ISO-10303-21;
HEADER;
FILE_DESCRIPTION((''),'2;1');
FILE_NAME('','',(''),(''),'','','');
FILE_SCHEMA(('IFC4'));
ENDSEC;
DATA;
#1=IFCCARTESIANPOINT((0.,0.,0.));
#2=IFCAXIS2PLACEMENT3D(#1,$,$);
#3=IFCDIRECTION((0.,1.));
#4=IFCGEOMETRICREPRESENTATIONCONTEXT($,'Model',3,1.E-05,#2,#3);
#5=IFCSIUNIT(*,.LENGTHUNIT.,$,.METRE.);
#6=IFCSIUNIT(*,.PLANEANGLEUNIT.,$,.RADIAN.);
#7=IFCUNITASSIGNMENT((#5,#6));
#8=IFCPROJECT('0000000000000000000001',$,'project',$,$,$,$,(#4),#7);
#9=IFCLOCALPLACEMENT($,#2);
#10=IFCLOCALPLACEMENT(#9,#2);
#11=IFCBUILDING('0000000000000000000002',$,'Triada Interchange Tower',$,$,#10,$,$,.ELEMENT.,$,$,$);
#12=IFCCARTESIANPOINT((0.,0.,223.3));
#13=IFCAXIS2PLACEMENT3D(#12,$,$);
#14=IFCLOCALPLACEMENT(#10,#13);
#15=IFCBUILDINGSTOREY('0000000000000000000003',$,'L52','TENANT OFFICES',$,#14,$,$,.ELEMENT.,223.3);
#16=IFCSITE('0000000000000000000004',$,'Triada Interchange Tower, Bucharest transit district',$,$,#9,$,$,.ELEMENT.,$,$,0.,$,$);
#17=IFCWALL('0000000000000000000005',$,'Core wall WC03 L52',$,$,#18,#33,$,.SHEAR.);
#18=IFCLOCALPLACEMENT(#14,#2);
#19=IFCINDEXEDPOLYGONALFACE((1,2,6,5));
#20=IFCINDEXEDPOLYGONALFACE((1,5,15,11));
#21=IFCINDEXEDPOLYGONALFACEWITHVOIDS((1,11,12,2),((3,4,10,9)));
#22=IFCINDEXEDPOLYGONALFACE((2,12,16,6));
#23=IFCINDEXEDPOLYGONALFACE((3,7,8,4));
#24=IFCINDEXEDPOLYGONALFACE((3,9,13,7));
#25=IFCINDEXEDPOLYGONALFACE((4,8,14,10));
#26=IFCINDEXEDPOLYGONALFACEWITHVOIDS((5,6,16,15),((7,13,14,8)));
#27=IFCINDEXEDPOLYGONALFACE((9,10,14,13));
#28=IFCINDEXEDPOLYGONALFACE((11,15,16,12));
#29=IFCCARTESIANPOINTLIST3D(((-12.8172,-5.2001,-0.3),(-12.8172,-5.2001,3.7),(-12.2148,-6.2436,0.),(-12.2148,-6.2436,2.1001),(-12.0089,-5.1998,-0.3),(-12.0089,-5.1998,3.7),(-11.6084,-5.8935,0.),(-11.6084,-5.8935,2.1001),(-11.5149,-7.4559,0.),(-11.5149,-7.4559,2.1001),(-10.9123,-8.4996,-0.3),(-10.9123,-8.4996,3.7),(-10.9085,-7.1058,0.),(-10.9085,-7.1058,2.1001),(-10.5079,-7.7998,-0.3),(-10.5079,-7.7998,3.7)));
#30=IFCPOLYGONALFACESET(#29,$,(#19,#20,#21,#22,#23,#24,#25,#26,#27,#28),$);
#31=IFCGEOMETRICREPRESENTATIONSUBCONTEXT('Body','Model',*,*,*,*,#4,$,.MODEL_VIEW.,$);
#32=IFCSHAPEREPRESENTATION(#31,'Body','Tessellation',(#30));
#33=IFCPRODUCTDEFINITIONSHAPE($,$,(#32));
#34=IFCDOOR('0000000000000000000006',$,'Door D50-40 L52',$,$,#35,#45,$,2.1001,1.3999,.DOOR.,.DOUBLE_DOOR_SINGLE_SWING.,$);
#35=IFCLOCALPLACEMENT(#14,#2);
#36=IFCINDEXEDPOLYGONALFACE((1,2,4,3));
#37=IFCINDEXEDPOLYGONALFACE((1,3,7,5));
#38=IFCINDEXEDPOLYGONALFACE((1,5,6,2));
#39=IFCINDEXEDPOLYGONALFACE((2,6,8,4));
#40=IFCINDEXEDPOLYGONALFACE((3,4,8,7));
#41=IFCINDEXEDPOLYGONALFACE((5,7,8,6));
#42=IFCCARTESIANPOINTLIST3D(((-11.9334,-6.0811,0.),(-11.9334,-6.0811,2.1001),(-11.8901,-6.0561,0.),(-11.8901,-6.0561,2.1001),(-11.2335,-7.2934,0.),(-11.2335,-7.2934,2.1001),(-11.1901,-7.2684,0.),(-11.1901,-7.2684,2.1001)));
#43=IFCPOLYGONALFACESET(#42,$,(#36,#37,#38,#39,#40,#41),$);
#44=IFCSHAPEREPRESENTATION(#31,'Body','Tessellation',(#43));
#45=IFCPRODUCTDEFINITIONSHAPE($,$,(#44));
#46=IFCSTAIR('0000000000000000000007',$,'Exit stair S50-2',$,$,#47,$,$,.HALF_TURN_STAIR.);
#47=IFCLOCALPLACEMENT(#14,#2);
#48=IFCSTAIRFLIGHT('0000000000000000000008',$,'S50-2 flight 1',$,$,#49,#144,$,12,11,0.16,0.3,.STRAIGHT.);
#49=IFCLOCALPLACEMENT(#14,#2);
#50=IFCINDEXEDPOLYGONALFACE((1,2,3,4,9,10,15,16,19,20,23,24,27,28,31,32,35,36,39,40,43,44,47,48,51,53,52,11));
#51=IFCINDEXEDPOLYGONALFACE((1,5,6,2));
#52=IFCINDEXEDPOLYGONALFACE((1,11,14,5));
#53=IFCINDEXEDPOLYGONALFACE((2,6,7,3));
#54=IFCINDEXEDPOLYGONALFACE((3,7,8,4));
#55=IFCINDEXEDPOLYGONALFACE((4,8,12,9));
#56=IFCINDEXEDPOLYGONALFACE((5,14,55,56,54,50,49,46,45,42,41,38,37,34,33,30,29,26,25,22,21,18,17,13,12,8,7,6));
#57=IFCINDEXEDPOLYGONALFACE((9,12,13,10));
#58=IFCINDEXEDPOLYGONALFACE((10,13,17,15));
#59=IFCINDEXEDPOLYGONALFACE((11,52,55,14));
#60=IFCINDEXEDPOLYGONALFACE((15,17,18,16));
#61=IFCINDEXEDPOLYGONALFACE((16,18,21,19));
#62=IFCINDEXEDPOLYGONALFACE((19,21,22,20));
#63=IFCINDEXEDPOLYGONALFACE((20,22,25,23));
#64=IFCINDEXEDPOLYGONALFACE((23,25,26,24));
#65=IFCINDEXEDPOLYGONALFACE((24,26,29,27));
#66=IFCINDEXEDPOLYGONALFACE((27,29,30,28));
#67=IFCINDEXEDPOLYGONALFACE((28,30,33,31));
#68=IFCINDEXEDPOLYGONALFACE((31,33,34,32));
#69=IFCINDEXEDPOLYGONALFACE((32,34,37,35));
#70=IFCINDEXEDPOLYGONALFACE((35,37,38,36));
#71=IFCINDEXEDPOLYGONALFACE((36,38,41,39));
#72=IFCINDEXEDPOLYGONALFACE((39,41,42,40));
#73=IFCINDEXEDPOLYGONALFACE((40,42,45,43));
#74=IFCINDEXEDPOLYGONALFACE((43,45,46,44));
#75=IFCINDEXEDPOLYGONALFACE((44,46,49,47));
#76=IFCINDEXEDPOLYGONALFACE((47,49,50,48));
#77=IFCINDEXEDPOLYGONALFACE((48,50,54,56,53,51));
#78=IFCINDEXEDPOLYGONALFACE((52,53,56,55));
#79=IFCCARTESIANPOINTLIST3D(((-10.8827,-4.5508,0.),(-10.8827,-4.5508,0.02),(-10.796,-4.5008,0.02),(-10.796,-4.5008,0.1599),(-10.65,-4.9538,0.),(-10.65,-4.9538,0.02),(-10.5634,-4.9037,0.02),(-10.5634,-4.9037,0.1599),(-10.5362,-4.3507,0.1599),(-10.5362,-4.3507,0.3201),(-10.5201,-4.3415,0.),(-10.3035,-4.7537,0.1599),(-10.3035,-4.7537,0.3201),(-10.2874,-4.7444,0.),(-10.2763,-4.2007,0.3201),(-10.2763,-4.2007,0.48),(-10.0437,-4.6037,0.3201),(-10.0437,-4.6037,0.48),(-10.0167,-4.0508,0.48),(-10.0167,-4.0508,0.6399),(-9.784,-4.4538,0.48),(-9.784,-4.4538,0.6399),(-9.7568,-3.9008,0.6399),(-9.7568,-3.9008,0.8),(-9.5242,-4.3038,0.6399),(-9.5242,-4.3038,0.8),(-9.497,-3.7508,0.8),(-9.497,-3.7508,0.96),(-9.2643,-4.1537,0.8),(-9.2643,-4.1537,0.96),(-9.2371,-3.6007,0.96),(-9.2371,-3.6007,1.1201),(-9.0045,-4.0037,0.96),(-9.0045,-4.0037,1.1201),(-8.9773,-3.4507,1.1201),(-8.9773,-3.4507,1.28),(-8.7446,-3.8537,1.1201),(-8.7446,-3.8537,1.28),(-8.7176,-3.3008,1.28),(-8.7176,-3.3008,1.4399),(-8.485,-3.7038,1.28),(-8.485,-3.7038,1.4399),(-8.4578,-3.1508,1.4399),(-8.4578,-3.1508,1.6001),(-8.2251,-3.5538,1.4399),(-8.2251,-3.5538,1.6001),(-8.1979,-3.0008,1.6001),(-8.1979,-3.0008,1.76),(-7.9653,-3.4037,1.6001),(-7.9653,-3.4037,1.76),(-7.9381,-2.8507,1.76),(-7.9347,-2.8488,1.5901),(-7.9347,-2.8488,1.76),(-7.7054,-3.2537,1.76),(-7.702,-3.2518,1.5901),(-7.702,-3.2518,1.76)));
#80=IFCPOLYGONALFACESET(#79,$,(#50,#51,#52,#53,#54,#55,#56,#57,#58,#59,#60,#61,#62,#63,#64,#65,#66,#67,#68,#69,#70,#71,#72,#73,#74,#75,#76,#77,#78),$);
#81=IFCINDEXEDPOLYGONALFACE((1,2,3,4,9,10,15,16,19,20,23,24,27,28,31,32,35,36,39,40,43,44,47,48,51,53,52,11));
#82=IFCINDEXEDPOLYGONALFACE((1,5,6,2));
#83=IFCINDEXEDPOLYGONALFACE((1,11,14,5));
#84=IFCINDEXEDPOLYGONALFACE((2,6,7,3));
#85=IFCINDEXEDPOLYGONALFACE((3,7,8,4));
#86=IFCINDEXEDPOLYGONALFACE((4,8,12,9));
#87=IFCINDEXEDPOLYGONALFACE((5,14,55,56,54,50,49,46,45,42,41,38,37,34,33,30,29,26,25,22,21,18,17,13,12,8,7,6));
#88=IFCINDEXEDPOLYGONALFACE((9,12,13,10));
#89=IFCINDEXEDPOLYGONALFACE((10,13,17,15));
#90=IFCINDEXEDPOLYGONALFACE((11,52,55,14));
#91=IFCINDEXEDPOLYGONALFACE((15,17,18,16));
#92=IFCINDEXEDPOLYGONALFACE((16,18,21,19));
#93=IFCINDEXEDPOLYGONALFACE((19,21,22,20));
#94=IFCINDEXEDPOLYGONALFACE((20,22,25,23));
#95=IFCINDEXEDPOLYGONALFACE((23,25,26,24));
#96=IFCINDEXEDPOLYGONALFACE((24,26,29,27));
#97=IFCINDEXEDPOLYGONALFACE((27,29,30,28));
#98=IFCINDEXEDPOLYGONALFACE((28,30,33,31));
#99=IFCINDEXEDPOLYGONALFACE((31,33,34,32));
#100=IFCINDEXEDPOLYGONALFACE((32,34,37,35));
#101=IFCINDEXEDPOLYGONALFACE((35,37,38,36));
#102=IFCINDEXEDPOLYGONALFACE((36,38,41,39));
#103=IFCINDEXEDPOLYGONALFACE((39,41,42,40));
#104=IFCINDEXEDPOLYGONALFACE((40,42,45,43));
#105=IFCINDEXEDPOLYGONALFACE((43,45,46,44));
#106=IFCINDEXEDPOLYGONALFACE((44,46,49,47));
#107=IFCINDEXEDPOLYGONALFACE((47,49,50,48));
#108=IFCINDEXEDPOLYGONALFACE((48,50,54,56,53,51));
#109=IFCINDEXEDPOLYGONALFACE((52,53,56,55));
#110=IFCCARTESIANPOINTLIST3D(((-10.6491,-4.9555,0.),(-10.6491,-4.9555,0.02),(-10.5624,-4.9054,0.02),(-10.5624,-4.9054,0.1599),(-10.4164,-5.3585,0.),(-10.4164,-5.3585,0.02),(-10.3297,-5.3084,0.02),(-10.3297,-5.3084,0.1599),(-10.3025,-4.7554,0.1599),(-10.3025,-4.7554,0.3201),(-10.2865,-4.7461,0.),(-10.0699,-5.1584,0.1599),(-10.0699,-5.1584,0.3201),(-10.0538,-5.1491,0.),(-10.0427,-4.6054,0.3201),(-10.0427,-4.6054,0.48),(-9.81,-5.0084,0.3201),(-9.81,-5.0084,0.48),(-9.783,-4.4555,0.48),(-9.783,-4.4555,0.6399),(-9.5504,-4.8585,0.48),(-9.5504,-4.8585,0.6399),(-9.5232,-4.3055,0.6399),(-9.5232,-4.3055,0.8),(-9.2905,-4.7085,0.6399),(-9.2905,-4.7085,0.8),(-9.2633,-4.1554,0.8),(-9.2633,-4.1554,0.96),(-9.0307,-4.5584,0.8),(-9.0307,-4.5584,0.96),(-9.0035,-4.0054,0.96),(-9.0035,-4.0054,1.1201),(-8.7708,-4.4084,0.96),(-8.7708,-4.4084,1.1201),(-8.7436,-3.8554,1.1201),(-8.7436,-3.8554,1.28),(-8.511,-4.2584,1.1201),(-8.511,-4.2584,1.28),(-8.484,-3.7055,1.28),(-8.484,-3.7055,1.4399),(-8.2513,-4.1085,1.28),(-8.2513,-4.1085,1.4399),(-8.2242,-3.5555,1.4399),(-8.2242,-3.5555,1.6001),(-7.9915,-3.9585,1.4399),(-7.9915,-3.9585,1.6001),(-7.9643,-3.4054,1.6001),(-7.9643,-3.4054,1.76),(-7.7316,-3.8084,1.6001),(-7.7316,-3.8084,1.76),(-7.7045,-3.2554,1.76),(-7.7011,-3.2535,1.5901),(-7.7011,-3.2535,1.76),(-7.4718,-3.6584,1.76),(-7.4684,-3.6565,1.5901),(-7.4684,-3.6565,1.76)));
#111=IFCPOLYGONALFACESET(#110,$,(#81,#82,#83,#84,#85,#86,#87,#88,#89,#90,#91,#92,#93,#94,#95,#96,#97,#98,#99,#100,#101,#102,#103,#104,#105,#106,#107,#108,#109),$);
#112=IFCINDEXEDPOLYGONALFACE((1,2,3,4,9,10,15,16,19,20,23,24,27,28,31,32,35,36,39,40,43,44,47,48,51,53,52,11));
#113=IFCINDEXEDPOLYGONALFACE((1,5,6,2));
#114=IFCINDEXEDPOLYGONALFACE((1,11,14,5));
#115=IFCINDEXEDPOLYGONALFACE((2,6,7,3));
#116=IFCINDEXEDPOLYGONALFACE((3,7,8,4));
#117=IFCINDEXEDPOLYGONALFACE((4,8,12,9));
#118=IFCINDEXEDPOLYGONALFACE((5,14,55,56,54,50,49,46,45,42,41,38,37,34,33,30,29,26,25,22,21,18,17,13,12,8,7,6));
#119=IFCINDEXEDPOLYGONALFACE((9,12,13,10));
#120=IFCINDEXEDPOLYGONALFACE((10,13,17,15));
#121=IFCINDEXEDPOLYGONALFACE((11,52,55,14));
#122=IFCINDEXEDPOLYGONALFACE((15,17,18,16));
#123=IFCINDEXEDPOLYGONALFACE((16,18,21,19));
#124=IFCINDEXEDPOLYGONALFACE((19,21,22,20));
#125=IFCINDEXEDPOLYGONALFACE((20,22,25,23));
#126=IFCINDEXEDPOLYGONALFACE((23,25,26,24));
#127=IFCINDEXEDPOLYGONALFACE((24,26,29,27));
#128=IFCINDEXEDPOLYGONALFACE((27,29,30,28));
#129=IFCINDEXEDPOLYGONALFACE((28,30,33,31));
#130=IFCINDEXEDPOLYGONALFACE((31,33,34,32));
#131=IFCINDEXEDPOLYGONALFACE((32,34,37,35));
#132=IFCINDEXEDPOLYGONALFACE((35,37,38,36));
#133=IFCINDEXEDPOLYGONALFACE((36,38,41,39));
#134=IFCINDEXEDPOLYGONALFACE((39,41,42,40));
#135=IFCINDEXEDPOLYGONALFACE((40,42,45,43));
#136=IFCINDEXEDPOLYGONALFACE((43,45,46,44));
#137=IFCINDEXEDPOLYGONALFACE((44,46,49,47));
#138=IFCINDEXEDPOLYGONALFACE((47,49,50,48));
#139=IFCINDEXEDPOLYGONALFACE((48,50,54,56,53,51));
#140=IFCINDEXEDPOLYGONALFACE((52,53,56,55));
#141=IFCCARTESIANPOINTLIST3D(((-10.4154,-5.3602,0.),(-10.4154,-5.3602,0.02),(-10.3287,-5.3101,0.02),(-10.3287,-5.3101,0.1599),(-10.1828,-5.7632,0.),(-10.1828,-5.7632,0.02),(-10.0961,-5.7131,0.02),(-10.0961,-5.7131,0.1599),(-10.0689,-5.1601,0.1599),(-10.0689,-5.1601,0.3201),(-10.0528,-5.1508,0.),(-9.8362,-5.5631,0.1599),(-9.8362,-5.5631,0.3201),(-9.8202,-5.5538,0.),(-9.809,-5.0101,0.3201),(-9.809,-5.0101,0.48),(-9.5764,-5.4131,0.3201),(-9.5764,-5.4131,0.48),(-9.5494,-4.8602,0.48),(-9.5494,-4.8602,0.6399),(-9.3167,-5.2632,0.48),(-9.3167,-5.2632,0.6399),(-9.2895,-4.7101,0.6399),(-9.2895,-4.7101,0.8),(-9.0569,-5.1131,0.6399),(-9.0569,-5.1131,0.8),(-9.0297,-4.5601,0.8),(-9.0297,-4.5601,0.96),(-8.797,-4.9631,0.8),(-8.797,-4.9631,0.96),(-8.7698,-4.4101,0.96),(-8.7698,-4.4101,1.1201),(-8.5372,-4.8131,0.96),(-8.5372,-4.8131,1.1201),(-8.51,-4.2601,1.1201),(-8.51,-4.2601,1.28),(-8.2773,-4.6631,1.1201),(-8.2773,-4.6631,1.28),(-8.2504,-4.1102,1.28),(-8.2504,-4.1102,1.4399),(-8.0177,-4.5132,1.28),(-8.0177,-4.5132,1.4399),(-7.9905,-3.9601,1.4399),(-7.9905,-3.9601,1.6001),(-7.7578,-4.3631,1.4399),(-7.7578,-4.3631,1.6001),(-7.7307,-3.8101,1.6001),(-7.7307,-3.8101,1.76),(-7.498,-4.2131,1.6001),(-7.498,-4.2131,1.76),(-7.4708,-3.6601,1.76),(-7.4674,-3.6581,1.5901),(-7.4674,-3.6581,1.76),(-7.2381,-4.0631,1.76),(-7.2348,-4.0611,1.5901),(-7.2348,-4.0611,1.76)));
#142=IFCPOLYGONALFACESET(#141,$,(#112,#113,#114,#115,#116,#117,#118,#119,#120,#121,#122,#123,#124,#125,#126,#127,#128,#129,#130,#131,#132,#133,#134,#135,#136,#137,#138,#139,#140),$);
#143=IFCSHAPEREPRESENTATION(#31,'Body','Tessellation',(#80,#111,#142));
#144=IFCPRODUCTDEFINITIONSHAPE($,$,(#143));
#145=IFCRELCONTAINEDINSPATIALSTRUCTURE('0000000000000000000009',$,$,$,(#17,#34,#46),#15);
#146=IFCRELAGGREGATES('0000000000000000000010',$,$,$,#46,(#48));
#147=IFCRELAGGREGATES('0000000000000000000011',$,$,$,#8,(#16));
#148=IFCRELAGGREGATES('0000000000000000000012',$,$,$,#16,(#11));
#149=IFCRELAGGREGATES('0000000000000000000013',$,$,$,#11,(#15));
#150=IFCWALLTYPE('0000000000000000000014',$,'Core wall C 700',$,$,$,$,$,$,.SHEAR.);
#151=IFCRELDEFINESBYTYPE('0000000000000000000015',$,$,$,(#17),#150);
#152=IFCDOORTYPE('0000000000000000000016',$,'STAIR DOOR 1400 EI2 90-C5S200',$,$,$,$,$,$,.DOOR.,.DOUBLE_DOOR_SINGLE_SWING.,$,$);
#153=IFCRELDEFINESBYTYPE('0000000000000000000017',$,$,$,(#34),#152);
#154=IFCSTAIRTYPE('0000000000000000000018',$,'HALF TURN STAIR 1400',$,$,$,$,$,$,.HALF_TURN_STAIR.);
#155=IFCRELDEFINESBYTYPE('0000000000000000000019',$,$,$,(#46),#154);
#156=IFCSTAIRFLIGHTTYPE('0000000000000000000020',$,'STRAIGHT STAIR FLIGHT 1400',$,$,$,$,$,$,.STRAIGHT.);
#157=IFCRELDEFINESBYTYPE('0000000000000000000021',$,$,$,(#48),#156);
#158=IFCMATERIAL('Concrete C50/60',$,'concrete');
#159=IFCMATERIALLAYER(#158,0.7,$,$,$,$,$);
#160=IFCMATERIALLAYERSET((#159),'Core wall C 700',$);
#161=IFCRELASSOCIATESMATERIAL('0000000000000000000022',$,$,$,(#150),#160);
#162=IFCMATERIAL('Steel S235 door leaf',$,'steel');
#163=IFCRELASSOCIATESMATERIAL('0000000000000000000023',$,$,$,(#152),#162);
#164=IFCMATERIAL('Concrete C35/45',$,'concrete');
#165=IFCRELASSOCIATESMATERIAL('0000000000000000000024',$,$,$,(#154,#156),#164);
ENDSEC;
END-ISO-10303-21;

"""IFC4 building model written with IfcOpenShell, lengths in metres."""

from ifc_helpers import new_model, si_unit, direction, frame, frame_2d, origin, place, context, subcontext, project, spatial, polyline, rectangle, outline, extrude, material, layer, layer_set, type_object, element, fill, aggregate, save


model = new_model("IFC4")

# Units and contexts
model_context = context("Model", 3, precision=1e-05, world=origin(), true_north=direction((0.0, 1.0)))
body_context = subcontext(model_context, "Body", "Model", "MODEL_VIEW")
ifc_project = project(units=[si_unit("LENGTHUNIT", "METRE"), si_unit("PLANEANGLEUNIT", "RADIAN")], contexts=[model_context])

# Site, building, storey
site_placement = place(None, origin())
site = spatial("IfcSite", under=ifc_project, at=site_placement, Name="Triada Interchange Tower, Bucharest transit district", CompositionType="ELEMENT", RefElevation=0.0)
building_placement = place(site_placement, origin())
building = spatial("IfcBuilding", under=site, at=building_placement, Name="Triada Interchange Tower", CompositionType="ELEMENT")
storey_placement = place(building_placement, frame((0.0, 0.0, 223.3)))
storey = spatial("IfcBuildingStorey", under=building, at=storey_placement, Name="L52", Description="TENANT OFFICES", CompositionType="ELEMENT", Elevation=223.3)

# Shared definitions
ifc_material_1 = material(Name="Steel S235 door leaf", Category="steel")

# Wall, opening, door
ifc_material_2 = material(Name="Concrete C50/60", Category="concrete")
ifc_layer_1 = layer(ifc_material_2, 0.7)
ifc_layer_set_1 = layer_set([ifc_layer_1], Name="Core wall C 700")
wall_type_1 = type_object("IfcWallType", Name="Core wall C 700", PredefinedType="SHEAR", material=ifc_layer_set_1)
wall_1_placement = place(storey_placement, frame((-12.4131, -5.2, -0.3), z_axis=(0.0, 0.0, 1.0), x_axis=(0.499993, -0.866029, 0.0)))
wall_1 = element("IfcWall", 1, at=wall_1_placement, inside=storey, type_object=wall_type_1, Name="Core wall WC03 L52", PredefinedType="SHEAR", context=body_context, shape_type="SweptSolid", body=[
    extrude(outline(polyline([(-0.2019, -0.3501), (1.7031, -0.3501), (3.6079, -0.3501), (3.2041, 0.3501), (1.7031, 0.3501), (0.2019, 0.3501), (-0.2019, -0.3501)])), origin(), (0.0, 0.0, 1.0), 4.0),
])
opening_1_placement = place(wall_1_placement, frame((1.0029, 0.0, 0.3)))
opening_1 = element("IfcOpeningElement", 2, at=opening_1_placement, cuts=wall_1, PredefinedType="OPENING", context=body_context, shape_type="SweptSolid", body=[
    extrude(rectangle(XDim=1.3999, YDim=2.1001, at=frame_2d((0.7, 1.05))), frame((0.0, 0.3601, 0.0), z_axis=(0.0, -1.0, 0.0), x_axis=(1.0, 0.0, 0.0)), (0.0, 0.0, 1.0), 0.7202),
])
door_type_1 = type_object("IfcDoorType", Name="STAIR DOOR 1400 EI2 90-C5S200", OperationType="DOUBLE_DOOR_SINGLE_SWING", PredefinedType="DOOR", material=ifc_material_1)
door_1_placement = place(opening_1_placement, origin())
door_1 = element("IfcDoor", 3, at=door_1_placement, inside=storey, type_object=door_type_1, Name="Door D50-40 L52", OperationType="DOUBLE_DOOR_SINGLE_SWING", OverallHeight=2.1001, OverallWidth=1.3999, PredefinedType="DOOR", context=body_context, shape_type="SweptSolid", body=[
    extrude(rectangle(XDim=1.3999, YDim=2.1001, at=frame_2d((0.7, 1.05))), frame((0.0, 0.0249, 0.0), z_axis=(0.0, -1.0, 0.0), x_axis=(1.0, 0.0, 0.0)), (0.0, 0.0, 1.0), 0.05),
])
fill(opening_1, door_1)

# Stair, stair flight
ifc_material_3 = material(Name="Concrete C35/45", Category="concrete")
stair_type = type_object("IfcStairType", Name="HALF TURN STAIR 1400", PredefinedType="HALF_TURN_STAIR", material=ifc_material_3)
stair_placement = place(storey_placement, origin())
stair = element("IfcStair", 4, at=stair_placement, inside=storey, type_object=stair_type, Name="Exit stair S50-2", PredefinedType="HALF_TURN_STAIR")
stair_flight_type = type_object("IfcStairFlightType", Name="STRAIGHT STAIR FLIGHT 1400", PredefinedType="STRAIGHT", material=ifc_material_3)
stair_flight_1_placement = place(storey_placement, frame((-10.446, -5.1069, 0.0), z_axis=(0.0, 0.0, 1.0), x_axis=(0.866025, 0.5, 0.0)))
stair_flight_1 = element("IfcStairFlight", 5, at=stair_flight_1_placement, type_object=stair_flight_type, Name="S50-2 flight 1", NumberOfRisers=12, NumberOfTreads=11, PredefinedType="STRAIGHT", RiserHeight=0.16, TreadLength=0.3, context=body_context, shape_type="SweptSolid", body=[
    extrude(outline(polyline([(-0.1001, 0.0), (-0.1001, 0.02), (0.0, 0.02), (0.0, 0.1599), (0.3, 0.1599), (0.3, 0.3201), (0.6001, 0.3201), (0.6001, 0.48), (0.8999, 0.48), (0.8999, 0.6399), (1.2, 0.6399), (1.2, 0.8), (1.5, 0.8), (1.5, 0.96), (1.8, 0.96), (1.8, 1.1201), (2.1001, 1.1201), (2.1001, 1.28), (2.3999, 1.28), (2.3999, 1.4399), (2.7, 1.4399), (2.7, 1.6001), (3.0, 1.6001), (3.0, 1.76), (3.3, 1.76), (3.304, 1.76), (3.304, 1.9199), (3.304, 1.5901), (0.3186, 0.0), (-0.1001, 0.0)])), frame((0.0, 0.7, 0.0), z_axis=(0.0, -1.0, 0.0), x_axis=(1.0, 0.0, 0.0)), (0.0, 0.0, 1.0), 0.4653),
    extrude(outline(polyline([(-0.1001, 0.0), (-0.1001, 0.02), (0.0, 0.02), (0.0, 0.1599), (0.3, 0.1599), (0.3, 0.3201), (0.6001, 0.3201), (0.6001, 0.48), (0.8999, 0.48), (0.8999, 0.6399), (1.2, 0.6399), (1.2, 0.8), (1.5, 0.8), (1.5, 0.96), (1.8, 0.96), (1.8, 1.1201), (2.1001, 1.1201), (2.1001, 1.28), (2.3999, 1.28), (2.3999, 1.4399), (2.7, 1.4399), (2.7, 1.6001), (3.0, 1.6001), (3.0, 1.76), (3.3, 1.76), (3.304, 1.76), (3.304, 1.9199), (3.304, 1.5901), (0.3186, 0.0), (-0.1001, 0.0)])), frame((0.0, 0.2327, 0.0), z_axis=(0.0, -1.0, 0.0), x_axis=(1.0, 0.0, 0.0)), (0.0, 0.0, 1.0), 0.4653),
    extrude(outline(polyline([(-0.1001, 0.0), (-0.1001, 0.02), (0.0, 0.02), (0.0, 0.1599), (0.3, 0.1599), (0.3, 0.3201), (0.6001, 0.3201), (0.6001, 0.48), (0.8999, 0.48), (0.8999, 0.6399), (1.2, 0.6399), (1.2, 0.8), (1.5, 0.8), (1.5, 0.96), (1.8, 0.96), (1.8, 1.1201), (2.1001, 1.1201), (2.1001, 1.28), (2.3999, 1.28), (2.3999, 1.4399), (2.7, 1.4399), (2.7, 1.6001), (3.0, 1.6001), (3.0, 1.76), (3.3, 1.76), (3.304, 1.76), (3.304, 1.9199), (3.304, 1.5901), (0.3186, 0.0), (-0.1001, 0.0)])), frame((0.0, -0.2346, 0.0), z_axis=(0.0, -1.0, 0.0), x_axis=(1.0, 0.0, 0.0)), (0.0, 0.0, 1.0), 0.4653),
])
aggregate(stair, [stair_flight_1])

save(model, "model.ifc")
